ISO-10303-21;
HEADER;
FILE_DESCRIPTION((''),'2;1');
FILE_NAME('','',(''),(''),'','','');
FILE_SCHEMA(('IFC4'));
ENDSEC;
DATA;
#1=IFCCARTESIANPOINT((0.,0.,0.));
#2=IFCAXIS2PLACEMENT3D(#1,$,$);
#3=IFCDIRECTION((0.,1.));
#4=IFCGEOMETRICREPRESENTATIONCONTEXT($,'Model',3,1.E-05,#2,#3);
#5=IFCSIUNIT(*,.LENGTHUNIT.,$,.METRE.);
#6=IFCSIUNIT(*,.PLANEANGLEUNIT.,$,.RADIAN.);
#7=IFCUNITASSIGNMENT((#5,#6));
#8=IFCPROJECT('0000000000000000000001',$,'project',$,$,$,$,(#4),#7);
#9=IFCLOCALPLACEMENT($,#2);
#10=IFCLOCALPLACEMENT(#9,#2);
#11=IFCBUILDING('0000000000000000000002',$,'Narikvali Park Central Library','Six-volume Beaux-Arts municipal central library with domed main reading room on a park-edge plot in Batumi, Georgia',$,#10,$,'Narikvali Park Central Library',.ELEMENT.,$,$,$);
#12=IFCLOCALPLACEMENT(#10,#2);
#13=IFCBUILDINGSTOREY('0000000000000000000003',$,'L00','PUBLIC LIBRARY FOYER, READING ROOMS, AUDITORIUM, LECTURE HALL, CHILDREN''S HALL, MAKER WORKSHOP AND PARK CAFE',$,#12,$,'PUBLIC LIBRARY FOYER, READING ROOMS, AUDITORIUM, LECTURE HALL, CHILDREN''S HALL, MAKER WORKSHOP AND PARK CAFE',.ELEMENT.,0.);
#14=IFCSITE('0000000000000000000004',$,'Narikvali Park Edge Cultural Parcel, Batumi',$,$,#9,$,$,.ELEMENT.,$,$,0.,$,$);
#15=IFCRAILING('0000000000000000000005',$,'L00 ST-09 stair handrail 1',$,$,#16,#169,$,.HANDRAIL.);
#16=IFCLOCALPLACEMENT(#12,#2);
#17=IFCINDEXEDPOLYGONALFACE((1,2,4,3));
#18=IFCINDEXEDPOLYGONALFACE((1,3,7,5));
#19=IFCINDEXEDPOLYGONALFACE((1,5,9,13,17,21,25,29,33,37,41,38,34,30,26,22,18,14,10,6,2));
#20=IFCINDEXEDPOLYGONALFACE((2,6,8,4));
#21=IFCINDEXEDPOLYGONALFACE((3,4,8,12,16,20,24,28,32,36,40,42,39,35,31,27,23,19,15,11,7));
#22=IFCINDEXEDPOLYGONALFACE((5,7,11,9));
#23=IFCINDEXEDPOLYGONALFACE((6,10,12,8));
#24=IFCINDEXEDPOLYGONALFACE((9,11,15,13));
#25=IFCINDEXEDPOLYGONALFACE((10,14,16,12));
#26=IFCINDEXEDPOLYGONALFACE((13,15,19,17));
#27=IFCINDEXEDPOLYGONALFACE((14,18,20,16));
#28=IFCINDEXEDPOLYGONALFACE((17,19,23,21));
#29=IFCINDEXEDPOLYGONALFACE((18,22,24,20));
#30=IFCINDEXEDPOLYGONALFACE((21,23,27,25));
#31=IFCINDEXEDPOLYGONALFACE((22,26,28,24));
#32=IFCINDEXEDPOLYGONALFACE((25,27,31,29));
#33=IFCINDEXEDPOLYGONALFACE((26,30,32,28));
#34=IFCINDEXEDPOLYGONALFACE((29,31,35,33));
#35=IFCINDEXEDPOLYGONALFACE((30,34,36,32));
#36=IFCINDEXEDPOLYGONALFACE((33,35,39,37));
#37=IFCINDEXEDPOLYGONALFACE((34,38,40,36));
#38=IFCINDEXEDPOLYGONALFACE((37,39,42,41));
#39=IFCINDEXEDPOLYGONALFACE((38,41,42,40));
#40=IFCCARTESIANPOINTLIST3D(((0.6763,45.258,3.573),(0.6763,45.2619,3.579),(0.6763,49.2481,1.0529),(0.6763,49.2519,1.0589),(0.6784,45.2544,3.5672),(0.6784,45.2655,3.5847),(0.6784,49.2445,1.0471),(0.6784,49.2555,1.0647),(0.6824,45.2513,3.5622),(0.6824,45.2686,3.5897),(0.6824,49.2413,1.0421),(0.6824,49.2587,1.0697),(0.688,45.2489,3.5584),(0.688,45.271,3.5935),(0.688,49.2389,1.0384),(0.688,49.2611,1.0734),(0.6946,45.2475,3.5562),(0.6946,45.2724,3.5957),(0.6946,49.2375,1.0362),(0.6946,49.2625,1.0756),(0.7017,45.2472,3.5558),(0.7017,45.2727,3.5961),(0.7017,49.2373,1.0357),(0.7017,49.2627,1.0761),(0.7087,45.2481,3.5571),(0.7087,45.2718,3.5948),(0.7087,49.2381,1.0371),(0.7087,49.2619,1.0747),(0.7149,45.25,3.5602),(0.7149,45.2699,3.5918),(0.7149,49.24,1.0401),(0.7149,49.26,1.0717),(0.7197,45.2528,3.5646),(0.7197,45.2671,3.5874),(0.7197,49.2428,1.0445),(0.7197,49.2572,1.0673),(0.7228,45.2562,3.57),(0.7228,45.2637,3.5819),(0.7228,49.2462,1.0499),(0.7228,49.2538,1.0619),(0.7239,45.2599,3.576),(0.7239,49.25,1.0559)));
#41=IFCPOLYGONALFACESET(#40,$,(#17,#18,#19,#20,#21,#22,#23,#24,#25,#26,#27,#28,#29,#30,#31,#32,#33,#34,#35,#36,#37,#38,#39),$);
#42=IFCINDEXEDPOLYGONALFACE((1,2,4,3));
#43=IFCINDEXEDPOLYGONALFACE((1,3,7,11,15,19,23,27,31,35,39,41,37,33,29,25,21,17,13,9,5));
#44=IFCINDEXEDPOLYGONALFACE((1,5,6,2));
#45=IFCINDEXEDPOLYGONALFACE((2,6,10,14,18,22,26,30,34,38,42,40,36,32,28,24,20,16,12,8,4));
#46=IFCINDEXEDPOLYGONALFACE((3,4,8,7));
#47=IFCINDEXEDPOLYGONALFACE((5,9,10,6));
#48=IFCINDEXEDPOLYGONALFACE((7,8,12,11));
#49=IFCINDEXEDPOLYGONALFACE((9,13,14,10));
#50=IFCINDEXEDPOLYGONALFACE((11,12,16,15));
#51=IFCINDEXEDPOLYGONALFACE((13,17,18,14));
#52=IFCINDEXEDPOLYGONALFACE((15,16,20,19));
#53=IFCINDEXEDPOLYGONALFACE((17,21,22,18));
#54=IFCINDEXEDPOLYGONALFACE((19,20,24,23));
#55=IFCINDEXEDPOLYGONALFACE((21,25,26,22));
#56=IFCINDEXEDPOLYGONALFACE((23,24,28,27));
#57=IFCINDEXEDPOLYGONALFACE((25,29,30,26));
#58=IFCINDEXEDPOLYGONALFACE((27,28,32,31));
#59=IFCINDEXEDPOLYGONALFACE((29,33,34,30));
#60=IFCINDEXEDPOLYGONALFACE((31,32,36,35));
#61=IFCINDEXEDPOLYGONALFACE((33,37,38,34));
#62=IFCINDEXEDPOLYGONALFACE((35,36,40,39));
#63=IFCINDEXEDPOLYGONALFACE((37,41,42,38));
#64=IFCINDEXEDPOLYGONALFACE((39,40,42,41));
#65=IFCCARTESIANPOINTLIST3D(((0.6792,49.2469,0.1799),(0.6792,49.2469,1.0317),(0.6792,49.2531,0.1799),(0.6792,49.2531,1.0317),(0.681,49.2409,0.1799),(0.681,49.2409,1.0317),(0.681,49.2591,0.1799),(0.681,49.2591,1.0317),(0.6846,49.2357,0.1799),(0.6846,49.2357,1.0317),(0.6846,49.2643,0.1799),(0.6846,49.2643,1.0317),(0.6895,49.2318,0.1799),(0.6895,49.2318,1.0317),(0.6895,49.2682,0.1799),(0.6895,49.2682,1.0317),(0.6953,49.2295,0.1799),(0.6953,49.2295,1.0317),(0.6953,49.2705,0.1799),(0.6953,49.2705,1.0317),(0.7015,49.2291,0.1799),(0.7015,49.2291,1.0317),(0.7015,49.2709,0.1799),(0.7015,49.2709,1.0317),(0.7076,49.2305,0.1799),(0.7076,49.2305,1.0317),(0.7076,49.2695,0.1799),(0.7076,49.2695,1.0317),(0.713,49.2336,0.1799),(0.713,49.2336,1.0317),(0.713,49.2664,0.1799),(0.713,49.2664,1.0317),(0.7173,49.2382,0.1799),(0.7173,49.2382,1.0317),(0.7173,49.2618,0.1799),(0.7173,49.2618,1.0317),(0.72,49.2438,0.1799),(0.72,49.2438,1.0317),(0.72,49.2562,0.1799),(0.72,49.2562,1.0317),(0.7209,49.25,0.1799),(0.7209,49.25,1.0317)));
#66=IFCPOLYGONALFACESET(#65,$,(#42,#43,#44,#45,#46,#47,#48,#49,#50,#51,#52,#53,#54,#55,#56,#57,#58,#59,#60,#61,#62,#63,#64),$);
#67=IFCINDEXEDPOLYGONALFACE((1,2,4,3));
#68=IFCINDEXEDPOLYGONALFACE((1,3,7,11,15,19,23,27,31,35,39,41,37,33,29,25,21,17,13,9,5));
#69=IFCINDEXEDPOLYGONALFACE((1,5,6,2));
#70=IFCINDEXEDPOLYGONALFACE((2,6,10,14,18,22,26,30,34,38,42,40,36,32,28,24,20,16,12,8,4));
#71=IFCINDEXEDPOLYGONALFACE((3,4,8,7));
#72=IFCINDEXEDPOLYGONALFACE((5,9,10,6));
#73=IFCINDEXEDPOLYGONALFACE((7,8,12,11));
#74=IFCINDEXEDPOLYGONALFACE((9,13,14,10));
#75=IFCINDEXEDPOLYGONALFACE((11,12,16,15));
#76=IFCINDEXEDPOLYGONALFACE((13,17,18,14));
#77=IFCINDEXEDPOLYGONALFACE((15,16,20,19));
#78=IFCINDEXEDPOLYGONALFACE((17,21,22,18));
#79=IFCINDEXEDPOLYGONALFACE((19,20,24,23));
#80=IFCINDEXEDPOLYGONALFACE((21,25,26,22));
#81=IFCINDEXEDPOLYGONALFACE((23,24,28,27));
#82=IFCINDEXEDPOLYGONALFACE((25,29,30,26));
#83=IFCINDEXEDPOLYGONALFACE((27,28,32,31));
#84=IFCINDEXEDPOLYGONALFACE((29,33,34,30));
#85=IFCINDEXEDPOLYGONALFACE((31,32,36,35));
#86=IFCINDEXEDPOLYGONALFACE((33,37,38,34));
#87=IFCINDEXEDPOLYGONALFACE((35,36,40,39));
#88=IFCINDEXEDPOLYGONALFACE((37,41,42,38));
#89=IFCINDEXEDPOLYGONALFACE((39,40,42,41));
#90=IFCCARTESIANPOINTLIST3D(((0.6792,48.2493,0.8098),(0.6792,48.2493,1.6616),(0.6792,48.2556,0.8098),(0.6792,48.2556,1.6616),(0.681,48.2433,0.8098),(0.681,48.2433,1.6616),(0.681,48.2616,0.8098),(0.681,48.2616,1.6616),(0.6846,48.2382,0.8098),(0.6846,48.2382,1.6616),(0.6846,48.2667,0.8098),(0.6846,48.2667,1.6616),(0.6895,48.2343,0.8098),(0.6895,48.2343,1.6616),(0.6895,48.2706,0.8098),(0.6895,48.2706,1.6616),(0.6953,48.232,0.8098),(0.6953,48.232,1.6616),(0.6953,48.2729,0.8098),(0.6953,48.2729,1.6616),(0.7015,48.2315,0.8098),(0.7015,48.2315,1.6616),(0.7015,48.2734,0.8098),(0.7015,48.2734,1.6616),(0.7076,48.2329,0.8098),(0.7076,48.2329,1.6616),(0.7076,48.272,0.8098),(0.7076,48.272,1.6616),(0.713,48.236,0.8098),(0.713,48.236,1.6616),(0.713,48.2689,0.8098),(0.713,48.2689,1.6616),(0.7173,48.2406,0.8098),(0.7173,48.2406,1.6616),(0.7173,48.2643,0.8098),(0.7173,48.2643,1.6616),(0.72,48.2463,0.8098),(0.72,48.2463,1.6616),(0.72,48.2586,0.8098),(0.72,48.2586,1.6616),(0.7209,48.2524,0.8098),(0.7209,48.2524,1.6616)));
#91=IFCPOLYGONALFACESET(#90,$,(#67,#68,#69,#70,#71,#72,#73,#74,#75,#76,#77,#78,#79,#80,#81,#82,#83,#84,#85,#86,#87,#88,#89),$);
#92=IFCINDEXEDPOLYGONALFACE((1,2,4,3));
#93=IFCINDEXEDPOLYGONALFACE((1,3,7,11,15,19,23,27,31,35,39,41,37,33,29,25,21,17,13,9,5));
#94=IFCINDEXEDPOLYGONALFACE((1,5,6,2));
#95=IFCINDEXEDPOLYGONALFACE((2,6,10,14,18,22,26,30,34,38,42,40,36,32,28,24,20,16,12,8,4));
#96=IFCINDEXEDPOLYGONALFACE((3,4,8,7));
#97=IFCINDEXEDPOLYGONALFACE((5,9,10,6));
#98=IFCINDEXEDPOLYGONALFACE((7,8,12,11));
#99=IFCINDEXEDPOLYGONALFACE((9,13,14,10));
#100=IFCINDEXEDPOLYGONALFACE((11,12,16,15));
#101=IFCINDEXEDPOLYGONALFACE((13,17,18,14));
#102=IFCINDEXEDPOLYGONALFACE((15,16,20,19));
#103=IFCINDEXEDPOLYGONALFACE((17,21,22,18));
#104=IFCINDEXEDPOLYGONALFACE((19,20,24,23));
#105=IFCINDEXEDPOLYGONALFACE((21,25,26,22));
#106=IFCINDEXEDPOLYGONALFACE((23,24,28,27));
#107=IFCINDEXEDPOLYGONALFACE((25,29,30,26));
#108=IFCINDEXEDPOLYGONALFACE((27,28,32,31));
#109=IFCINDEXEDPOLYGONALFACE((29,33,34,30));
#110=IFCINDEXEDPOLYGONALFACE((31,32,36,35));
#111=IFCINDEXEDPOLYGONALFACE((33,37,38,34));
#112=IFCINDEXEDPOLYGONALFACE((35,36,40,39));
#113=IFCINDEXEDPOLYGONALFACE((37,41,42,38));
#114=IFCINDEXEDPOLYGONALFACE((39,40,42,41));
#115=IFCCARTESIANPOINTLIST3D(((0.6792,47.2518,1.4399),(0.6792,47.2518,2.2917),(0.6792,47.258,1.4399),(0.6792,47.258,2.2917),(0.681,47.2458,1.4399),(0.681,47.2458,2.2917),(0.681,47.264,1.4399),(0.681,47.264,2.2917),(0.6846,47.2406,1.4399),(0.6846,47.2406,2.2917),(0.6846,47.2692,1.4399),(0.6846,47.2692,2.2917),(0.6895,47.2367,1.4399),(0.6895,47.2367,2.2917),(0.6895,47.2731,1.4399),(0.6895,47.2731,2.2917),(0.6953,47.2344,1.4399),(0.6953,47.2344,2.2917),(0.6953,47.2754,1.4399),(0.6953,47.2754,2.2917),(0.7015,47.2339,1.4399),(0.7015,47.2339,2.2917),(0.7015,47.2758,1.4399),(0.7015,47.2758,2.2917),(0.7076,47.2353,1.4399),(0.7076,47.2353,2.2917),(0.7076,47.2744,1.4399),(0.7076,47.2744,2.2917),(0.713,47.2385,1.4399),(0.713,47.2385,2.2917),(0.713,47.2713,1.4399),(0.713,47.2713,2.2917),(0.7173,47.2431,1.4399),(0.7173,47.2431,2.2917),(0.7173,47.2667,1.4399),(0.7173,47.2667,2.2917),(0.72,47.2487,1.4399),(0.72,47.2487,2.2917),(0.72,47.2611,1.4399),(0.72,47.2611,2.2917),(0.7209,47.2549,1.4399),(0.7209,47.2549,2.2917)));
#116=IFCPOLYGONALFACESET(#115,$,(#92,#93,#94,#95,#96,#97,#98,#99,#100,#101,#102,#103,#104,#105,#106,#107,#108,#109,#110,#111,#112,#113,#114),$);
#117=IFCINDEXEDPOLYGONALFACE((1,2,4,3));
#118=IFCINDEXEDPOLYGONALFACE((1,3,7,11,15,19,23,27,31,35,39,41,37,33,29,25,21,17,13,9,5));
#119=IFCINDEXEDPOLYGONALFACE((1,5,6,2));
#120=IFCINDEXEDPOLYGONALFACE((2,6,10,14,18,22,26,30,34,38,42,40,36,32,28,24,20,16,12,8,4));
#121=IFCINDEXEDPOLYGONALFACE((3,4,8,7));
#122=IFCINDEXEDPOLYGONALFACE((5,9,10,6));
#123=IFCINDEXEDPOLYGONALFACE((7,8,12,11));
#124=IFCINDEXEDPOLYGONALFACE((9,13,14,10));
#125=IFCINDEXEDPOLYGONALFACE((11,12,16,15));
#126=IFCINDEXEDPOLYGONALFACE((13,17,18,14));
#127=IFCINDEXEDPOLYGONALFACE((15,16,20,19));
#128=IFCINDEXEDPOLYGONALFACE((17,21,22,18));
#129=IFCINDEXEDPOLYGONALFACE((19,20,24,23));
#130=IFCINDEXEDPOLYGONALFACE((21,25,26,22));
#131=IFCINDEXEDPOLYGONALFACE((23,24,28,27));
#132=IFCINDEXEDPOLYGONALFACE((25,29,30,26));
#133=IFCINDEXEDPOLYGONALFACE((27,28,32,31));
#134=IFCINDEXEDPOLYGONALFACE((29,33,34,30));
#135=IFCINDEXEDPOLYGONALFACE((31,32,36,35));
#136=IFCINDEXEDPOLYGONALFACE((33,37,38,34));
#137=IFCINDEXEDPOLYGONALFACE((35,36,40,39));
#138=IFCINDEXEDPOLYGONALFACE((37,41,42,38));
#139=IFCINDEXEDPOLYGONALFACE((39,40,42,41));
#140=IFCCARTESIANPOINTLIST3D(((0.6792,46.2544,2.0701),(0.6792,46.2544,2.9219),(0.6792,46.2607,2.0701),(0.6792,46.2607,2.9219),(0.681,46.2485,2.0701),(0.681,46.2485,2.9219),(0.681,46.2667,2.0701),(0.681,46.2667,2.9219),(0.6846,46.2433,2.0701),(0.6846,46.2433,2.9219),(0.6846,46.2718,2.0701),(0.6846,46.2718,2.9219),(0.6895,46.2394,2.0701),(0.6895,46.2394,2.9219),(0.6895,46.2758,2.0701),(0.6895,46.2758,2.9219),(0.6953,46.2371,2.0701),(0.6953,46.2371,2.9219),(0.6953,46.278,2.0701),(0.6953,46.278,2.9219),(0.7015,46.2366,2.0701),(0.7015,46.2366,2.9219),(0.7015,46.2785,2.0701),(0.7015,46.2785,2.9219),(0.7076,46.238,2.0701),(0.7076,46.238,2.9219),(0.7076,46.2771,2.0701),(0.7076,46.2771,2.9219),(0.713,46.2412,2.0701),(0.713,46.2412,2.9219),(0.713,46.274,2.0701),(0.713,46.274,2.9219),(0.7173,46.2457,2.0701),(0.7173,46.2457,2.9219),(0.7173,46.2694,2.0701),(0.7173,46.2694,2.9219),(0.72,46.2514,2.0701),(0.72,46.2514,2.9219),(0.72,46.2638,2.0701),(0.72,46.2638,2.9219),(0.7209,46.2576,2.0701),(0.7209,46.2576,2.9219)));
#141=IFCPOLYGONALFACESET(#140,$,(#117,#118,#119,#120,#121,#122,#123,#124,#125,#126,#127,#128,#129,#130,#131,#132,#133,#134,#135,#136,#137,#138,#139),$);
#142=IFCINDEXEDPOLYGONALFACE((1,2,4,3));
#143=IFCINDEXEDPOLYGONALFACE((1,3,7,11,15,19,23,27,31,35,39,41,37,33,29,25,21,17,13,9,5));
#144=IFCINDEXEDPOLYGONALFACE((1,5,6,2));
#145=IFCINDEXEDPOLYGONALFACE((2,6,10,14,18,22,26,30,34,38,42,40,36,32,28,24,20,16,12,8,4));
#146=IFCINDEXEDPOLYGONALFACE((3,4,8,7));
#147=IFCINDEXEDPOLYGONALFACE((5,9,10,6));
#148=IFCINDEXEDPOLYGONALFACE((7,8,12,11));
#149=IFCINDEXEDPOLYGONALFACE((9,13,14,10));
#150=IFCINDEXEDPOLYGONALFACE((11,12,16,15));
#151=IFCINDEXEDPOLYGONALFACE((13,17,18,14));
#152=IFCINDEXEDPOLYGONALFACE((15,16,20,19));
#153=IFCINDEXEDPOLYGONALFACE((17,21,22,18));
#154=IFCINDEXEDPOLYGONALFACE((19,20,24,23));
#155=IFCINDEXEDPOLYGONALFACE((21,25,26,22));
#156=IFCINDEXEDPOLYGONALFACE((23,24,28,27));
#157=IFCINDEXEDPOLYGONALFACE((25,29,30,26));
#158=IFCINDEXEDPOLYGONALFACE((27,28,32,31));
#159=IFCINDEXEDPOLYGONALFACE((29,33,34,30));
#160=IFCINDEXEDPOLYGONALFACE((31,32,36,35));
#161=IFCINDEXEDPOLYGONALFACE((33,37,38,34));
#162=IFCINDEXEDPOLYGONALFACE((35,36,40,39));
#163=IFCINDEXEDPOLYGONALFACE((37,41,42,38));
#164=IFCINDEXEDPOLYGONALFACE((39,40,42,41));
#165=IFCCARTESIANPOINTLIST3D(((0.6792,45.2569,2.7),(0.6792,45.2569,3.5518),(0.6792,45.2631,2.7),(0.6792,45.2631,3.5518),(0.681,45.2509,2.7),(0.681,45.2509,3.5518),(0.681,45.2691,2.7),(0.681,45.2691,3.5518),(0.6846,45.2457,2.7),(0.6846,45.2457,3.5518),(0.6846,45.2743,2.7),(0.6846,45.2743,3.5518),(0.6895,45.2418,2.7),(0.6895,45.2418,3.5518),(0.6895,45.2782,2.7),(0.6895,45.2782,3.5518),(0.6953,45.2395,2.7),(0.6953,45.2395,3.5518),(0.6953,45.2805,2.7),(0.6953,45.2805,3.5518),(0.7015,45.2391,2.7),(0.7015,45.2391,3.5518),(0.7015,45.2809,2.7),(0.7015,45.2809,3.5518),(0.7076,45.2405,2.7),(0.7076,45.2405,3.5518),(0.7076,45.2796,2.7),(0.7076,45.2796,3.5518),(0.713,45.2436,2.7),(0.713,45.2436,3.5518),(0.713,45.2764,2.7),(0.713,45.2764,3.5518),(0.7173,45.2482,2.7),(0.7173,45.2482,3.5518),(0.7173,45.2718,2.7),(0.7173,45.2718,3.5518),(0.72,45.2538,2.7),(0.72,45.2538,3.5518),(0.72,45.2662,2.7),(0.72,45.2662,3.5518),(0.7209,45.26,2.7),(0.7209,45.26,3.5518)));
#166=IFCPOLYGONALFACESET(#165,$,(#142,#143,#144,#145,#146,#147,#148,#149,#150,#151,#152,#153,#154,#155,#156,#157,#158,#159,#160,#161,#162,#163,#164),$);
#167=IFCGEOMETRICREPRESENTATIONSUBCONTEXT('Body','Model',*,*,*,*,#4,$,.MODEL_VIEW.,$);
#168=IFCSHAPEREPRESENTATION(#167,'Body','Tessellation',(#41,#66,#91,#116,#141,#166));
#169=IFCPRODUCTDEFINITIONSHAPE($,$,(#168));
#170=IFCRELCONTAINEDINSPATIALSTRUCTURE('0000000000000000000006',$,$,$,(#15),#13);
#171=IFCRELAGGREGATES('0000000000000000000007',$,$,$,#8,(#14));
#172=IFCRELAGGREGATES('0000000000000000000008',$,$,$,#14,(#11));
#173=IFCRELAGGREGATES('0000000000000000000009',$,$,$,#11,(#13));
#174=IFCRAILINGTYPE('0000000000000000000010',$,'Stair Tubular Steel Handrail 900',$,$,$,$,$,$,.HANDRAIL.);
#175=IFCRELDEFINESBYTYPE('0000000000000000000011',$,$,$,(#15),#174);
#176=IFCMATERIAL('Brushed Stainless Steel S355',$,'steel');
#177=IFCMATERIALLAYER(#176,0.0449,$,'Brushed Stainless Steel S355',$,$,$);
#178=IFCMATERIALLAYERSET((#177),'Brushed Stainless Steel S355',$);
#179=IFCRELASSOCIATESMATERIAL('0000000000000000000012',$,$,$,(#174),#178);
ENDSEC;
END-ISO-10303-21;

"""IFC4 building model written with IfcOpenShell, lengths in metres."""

from ifc_helpers import new_model, si_unit, direction, frame, origin, origin_2d, place, context, subcontext, project, spatial, circle, extrude, material, layer, layer_set, type_object, element, save


model = new_model("IFC4")

# Units and contexts
model_context = context("Model", 3, precision=1e-05, world=origin(), true_north=direction((0.0, 1.0)))
body_context = subcontext(model_context, "Body", "Model", "MODEL_VIEW")
ifc_project = project(units=[si_unit("LENGTHUNIT", "METRE"), si_unit("PLANEANGLEUNIT", "RADIAN")], contexts=[model_context])

# Site, building, storey
site_placement = place(None, origin())
site = spatial("IfcSite", under=ifc_project, at=site_placement, Name="Narikvali Park Edge Cultural Parcel, Batumi", CompositionType="ELEMENT", RefElevation=0.0)
building_placement = place(site_placement, origin())
building = spatial("IfcBuilding", under=site, at=building_placement, Name="Narikvali Park Central Library", Description="Six-volume Beaux-Arts municipal central library with domed main reading room on a park-edge plot in Batumi, Georgia", LongName="Narikvali Park Central Library", CompositionType="ELEMENT")
storey_placement = place(building_placement, origin())
storey = spatial("IfcBuildingStorey", under=building, at=storey_placement, Name="L00", Description="PUBLIC LIBRARY FOYER, READING ROOMS, AUDITORIUM, LECTURE HALL, CHILDREN'S HALL, MAKER WORKSHOP AND PARK CAFE", LongName="PUBLIC LIBRARY FOYER, READING ROOMS, AUDITORIUM, LECTURE HALL, CHILDREN'S HALL, MAKER WORKSHOP AND PARK CAFE", CompositionType="ELEMENT", Elevation=0.0)

# Railing
ifc_material_1 = material(Name="Brushed Stainless Steel S355", Category="steel")
ifc_layer_1 = layer(ifc_material_1, 0.0449, Name="Brushed Stainless Steel S355")
ifc_layer_set_1 = layer_set([ifc_layer_1], Name="Brushed Stainless Steel S355")
railing_type_1 = type_object("IfcRailingType", Name="Stair Tubular Steel Handrail 900", PredefinedType="HANDRAIL", material=ifc_layer_set_1)
railing_1_placement = place(storey_placement, frame((0.7, 49.25, 0.1799)))
element("IfcRailing", 1, at=railing_1_placement, inside=storey, type_object=railing_type_1, Name="L00 ST-09 stair handrail 1", PredefinedType="HANDRAIL", context=body_context, shape_type="SweptSolid", body=[
    extrude(circle(Radius=0.0239, at=origin_2d()), frame((0.0, 0.0, 0.876), z_axis=(0.0, -0.845486, 0.533997), x_axis=(1.0, 0.0, 0.0)), (0.0, 0.0, 1.0), 4.7192),
    extrude(circle(Radius=0.021, at=origin_2d()), origin(), (0.0, 0.0, 1.0), 0.8518),
    extrude(circle(Radius=0.021, at=origin_2d()), frame((0.0, -0.9976, 0.6299)), (0.0, 0.0, 1.0), 0.8518),
    extrude(circle(Radius=0.021, at=origin_2d()), frame((0.0, -1.9951, 1.26)), (0.0, 0.0, 1.0), 0.8518),
    extrude(circle(Radius=0.021, at=origin_2d()), frame((0.0, -2.9924, 1.8901)), (0.0, 0.0, 1.0), 0.8518),
    extrude(circle(Radius=0.021, at=origin_2d()), frame((0.0, -3.99, 2.52)), (0.0, 0.0, 1.0), 0.8518),
])

save(model, "model.ifc")
